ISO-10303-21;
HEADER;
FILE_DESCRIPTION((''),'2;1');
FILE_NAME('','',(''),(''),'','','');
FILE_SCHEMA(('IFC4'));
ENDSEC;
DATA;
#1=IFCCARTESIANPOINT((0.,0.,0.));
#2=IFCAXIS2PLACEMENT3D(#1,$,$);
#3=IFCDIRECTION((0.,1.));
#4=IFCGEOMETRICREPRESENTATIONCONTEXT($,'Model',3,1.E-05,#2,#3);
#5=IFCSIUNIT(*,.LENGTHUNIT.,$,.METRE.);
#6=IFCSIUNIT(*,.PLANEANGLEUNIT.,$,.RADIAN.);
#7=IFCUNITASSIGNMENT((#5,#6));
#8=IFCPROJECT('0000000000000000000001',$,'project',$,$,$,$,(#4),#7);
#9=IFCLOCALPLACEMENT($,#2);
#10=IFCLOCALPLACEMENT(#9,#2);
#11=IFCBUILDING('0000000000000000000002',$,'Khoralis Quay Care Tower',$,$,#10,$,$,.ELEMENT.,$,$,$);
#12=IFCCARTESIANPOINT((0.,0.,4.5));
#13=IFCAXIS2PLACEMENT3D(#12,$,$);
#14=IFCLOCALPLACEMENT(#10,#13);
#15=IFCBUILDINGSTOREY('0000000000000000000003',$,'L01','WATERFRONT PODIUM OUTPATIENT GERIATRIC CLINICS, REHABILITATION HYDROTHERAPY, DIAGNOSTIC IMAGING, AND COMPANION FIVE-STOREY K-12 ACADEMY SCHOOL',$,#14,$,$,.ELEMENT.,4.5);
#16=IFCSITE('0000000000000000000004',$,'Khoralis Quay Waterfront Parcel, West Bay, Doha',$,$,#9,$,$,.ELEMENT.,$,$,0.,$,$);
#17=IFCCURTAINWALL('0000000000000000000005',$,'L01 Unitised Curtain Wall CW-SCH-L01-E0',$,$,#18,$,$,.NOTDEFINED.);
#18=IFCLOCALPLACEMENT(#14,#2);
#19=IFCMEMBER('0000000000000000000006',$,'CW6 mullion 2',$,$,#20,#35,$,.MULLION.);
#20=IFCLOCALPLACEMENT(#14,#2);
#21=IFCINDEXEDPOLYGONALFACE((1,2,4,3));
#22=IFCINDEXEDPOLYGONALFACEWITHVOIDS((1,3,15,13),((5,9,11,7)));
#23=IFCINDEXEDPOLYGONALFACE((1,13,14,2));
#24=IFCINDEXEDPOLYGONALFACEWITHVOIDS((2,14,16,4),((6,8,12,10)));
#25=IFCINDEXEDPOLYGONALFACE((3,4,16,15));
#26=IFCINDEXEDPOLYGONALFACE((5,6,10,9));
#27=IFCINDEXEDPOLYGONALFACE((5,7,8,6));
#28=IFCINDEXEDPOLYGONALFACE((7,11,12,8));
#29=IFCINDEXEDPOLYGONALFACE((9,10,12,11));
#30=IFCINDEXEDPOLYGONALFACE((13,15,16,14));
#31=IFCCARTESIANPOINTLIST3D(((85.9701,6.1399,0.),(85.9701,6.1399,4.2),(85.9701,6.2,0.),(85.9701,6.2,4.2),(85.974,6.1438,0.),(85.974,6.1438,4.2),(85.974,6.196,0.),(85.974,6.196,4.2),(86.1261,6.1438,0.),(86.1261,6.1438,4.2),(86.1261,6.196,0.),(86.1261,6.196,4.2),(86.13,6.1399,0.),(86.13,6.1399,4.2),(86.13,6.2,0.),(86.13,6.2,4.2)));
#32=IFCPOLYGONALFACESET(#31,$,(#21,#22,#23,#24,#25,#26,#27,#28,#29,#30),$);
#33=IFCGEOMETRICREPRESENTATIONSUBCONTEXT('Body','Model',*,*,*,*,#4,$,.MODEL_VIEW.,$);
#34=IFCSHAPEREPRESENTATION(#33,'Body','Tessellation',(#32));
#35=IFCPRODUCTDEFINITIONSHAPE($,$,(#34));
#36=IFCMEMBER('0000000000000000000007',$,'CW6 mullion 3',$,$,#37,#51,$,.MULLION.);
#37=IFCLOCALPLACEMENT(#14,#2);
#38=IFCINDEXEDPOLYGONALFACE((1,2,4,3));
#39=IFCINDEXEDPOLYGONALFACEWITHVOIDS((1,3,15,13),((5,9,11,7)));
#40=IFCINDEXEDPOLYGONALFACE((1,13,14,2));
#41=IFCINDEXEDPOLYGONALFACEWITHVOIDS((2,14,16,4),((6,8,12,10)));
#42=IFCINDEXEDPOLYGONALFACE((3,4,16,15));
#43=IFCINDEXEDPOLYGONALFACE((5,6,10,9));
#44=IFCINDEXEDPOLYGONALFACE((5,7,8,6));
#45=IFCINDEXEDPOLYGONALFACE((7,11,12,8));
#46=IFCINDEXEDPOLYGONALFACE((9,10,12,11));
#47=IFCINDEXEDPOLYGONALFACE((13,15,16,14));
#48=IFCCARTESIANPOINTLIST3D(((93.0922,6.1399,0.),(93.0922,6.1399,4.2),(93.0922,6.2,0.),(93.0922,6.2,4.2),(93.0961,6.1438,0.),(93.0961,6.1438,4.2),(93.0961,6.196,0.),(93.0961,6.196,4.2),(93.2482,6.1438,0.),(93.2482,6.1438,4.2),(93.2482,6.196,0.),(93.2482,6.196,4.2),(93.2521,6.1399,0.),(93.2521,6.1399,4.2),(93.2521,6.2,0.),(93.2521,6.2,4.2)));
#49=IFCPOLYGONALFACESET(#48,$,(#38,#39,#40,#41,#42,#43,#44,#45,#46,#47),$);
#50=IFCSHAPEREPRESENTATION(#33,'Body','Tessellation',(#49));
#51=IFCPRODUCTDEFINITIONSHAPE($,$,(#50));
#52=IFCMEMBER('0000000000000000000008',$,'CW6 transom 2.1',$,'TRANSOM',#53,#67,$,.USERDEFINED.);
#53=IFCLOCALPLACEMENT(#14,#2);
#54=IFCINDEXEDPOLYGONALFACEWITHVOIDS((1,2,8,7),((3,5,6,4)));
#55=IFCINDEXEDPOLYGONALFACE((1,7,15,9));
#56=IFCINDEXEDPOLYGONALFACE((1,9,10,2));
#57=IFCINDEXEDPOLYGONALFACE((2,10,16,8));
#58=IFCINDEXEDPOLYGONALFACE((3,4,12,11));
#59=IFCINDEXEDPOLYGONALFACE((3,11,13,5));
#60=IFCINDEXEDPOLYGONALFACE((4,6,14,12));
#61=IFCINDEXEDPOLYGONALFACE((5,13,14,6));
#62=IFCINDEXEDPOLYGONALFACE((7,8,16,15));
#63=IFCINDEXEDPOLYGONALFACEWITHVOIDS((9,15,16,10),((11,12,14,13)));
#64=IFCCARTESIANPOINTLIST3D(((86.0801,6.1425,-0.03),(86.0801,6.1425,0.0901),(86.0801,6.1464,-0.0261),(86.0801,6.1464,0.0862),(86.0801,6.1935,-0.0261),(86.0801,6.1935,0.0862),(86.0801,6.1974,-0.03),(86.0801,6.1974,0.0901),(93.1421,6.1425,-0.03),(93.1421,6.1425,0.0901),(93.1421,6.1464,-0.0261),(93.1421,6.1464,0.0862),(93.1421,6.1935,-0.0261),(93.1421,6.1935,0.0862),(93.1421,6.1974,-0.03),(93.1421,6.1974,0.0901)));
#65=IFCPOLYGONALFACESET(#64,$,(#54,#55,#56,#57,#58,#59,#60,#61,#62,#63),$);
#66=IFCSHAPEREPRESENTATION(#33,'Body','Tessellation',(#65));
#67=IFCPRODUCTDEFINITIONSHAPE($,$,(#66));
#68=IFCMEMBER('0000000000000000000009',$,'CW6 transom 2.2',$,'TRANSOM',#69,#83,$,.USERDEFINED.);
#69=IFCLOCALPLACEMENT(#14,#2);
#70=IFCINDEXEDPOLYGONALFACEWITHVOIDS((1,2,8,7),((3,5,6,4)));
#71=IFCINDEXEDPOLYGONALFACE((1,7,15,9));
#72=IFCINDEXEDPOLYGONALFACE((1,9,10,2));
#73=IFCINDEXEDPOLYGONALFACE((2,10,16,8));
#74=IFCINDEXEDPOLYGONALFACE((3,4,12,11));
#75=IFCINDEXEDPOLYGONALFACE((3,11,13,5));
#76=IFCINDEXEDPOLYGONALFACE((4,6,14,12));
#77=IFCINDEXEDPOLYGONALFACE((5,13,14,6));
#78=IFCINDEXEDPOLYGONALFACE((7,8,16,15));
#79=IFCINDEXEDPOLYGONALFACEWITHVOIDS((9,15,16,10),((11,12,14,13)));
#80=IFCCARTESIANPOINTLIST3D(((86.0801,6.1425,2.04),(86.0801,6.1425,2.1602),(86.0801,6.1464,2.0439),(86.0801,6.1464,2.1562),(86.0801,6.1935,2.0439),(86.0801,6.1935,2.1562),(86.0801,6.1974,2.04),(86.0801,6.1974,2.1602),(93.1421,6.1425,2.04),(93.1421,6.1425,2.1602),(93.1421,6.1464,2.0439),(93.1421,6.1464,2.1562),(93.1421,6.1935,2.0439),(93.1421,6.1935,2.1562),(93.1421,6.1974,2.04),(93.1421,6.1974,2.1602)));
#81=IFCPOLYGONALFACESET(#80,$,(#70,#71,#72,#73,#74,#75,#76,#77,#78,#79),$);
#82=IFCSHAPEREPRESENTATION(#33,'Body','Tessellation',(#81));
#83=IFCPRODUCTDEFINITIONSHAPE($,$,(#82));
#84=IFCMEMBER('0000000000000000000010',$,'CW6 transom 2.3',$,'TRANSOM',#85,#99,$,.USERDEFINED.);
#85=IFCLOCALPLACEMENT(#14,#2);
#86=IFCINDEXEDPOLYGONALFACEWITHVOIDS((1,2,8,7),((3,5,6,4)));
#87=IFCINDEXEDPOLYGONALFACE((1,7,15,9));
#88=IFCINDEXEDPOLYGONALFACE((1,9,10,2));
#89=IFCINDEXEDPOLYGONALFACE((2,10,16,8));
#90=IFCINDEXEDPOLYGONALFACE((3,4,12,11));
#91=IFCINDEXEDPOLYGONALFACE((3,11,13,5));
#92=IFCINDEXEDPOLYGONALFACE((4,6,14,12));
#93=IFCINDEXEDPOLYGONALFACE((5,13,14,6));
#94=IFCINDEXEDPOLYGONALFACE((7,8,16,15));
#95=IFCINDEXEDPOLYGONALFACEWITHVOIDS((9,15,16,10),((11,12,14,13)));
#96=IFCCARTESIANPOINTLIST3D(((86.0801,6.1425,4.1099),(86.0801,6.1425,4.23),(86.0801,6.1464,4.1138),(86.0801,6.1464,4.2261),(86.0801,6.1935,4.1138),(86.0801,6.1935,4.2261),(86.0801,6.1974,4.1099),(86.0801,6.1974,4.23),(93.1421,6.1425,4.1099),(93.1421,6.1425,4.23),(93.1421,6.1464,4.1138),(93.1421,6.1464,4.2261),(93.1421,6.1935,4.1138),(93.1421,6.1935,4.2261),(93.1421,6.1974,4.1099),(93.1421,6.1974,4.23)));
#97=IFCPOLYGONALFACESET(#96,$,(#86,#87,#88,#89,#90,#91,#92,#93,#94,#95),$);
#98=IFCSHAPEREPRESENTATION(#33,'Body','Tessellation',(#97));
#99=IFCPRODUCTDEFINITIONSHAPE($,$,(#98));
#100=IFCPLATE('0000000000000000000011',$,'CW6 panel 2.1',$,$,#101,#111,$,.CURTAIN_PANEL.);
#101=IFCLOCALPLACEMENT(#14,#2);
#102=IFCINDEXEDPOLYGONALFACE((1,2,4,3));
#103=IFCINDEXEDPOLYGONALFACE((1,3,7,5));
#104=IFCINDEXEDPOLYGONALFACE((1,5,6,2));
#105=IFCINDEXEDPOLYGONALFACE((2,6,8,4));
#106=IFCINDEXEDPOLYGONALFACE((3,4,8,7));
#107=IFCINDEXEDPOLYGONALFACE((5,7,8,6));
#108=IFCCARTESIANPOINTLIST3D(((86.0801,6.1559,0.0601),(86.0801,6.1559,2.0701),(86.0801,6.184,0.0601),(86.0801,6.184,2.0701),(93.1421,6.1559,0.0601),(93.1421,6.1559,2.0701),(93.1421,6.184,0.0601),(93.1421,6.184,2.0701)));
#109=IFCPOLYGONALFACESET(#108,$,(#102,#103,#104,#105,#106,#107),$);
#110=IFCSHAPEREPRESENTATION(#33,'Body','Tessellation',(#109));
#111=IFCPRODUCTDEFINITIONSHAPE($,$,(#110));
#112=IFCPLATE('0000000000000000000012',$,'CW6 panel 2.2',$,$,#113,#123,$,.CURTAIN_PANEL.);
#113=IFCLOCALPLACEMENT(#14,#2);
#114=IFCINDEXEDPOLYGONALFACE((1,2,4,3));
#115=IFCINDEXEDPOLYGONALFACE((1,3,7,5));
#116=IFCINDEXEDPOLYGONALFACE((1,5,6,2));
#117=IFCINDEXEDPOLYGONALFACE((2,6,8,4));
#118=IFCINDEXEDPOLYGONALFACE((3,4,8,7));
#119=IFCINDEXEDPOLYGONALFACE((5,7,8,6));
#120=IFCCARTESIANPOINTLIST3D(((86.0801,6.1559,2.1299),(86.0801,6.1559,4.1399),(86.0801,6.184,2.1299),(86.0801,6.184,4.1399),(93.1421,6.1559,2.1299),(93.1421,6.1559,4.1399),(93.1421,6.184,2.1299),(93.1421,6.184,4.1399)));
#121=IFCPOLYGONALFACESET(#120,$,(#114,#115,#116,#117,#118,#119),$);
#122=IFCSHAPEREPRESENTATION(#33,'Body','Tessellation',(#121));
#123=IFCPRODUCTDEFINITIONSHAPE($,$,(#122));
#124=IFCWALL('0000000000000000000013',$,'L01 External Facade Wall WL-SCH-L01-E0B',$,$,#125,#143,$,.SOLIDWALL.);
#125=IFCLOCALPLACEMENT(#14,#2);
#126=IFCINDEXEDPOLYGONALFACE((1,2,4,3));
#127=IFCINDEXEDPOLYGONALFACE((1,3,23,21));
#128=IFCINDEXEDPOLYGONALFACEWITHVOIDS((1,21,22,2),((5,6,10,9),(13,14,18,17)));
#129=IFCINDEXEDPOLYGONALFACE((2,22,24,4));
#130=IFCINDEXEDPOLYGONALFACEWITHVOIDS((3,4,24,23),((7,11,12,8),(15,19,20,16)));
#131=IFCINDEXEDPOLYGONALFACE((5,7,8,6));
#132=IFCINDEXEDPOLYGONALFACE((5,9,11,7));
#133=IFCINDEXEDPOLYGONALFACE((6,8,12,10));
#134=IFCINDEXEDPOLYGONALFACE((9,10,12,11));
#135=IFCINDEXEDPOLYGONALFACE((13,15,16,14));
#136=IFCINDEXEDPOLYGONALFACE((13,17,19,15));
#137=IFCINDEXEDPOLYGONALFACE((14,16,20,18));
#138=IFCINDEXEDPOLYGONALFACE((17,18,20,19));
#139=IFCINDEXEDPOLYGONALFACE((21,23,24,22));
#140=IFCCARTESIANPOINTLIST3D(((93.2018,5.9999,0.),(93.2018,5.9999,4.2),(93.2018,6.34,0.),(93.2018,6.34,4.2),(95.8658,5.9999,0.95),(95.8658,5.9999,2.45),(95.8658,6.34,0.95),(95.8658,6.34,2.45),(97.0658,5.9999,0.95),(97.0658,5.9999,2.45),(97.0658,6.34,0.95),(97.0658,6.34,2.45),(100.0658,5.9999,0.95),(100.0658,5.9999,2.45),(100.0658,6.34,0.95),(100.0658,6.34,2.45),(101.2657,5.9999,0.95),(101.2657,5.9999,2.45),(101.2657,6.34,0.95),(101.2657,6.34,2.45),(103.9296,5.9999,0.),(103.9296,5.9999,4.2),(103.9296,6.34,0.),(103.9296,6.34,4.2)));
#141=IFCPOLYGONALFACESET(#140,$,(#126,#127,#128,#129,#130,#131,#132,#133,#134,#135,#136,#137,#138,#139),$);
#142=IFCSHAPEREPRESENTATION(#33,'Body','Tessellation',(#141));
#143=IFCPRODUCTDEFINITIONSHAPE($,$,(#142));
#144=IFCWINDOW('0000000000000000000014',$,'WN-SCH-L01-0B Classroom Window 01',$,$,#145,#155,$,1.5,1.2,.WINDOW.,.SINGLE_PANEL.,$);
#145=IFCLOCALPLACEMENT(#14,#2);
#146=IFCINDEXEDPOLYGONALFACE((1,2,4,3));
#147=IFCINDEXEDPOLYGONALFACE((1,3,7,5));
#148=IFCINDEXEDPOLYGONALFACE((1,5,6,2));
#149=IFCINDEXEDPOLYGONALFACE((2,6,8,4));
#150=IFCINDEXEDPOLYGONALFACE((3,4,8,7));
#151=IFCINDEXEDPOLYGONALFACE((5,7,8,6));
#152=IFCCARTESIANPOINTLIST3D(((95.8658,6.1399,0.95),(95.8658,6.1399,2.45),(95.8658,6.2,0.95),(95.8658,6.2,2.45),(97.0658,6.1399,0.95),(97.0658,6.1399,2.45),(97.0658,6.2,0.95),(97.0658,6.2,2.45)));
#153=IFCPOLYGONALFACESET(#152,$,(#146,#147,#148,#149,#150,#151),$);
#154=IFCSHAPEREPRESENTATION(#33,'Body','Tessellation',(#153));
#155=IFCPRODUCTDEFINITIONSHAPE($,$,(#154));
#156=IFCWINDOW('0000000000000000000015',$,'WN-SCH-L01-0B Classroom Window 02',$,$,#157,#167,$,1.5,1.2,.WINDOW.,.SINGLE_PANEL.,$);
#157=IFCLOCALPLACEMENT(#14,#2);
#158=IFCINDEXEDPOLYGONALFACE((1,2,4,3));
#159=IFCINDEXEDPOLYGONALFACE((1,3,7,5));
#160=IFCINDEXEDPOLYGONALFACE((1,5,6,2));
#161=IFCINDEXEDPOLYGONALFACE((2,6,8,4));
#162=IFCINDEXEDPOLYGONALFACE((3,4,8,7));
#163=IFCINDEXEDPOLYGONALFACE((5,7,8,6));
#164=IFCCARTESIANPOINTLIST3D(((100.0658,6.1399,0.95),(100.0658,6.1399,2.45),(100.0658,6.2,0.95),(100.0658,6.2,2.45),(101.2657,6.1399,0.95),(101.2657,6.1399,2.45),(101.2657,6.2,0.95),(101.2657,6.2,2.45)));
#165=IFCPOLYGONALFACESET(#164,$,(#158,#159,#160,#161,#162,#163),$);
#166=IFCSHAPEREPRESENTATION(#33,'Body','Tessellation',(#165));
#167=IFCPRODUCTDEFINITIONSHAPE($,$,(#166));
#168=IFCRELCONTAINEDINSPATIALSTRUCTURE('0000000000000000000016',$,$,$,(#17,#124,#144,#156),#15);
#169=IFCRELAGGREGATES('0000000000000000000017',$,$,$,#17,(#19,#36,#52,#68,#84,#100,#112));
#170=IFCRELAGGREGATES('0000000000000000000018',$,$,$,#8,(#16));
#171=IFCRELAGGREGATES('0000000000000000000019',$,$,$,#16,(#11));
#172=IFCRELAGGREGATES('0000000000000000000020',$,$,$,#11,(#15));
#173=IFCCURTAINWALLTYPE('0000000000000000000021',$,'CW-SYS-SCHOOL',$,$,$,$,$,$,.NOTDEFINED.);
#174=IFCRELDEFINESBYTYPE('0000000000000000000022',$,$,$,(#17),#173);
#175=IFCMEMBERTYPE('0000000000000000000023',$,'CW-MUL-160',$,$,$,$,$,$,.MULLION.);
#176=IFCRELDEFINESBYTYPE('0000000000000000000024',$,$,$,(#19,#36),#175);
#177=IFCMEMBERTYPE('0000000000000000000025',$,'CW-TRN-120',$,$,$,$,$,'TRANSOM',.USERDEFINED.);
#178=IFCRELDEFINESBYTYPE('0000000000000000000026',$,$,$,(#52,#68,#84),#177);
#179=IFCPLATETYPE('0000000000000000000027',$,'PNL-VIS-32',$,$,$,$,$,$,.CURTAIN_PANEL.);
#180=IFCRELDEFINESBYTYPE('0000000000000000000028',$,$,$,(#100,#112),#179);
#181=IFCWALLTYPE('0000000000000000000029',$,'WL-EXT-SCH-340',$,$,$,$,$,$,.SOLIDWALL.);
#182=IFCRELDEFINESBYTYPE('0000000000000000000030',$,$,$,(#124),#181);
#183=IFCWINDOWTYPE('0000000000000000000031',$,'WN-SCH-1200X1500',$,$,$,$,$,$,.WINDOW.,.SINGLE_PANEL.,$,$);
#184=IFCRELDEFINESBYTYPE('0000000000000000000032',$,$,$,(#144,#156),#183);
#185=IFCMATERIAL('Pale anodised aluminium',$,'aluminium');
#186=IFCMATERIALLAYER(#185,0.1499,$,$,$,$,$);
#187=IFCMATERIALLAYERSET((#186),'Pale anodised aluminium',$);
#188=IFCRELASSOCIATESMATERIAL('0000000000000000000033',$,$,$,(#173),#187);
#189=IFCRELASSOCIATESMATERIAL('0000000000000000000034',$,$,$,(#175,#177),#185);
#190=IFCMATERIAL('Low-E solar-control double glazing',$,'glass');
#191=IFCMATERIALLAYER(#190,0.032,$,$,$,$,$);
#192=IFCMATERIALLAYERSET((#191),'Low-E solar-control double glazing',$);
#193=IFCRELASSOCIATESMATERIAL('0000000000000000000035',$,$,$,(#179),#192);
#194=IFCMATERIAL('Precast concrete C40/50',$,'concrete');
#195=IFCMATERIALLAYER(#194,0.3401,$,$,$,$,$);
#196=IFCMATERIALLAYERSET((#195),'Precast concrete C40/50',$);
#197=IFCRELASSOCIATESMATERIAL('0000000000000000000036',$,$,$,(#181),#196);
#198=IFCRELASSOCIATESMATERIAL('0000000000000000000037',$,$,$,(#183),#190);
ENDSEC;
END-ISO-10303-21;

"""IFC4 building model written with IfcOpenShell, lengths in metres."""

from ifc_helpers import new_model, si_unit, direction, frame, frame_2d, origin, origin_2d, place, context, subcontext, project, spatial, rectangle, hollow_rectangle, extrude, source, transform, mapped, material, layer, layer_set, material_profile, profile_set, type_object, element, fill, aggregate, save


model = new_model("IFC4")

# Units and contexts
model_context = context("Model", 3, precision=1e-05, world=origin(), true_north=direction((0.0, 1.0)))
body_context = subcontext(model_context, "Body", "Model", "MODEL_VIEW")
ifc_project = project(units=[si_unit("LENGTHUNIT", "METRE"), si_unit("PLANEANGLEUNIT", "RADIAN")], contexts=[model_context])

# Site, building, storey
site_placement = place(None, origin())
site = spatial("IfcSite", under=ifc_project, at=site_placement, Name="Khoralis Quay Waterfront Parcel, West Bay, Doha", CompositionType="ELEMENT", RefElevation=0.0)
building_placement = place(site_placement, origin())
building = spatial("IfcBuilding", under=site, at=building_placement, Name="Khoralis Quay Care Tower", CompositionType="ELEMENT")
storey_placement = place(building_placement, frame((0.0, 0.0, 4.5)))
storey = spatial("IfcBuildingStorey", under=building, at=storey_placement, Name="L01", Description="WATERFRONT PODIUM OUTPATIENT GERIATRIC CLINICS, REHABILITATION HYDROTHERAPY, DIAGNOSTIC IMAGING, AND COMPANION FIVE-STOREY K-12 ACADEMY SCHOOL", CompositionType="ELEMENT", Elevation=4.5)

# Curtain wall, members, plates
ifc_material_1 = material(Name="Pale anodised aluminium", Category="aluminium")
ifc_layer_1 = layer(ifc_material_1, 0.1499)
ifc_layer_set_1 = layer_set([ifc_layer_1], Name="Pale anodised aluminium")
curtain_wall_type = type_object("IfcCurtainWallType", Name="CW-SYS-SCHOOL", PredefinedType="NOTDEFINED", material=ifc_layer_set_1)
curtain_wall_placement = place(storey_placement, origin())
curtain_wall = element("IfcCurtainWall", 1, at=curtain_wall_placement, inside=storey, type_object=curtain_wall_type, Name="L01 Unitised Curtain Wall CW-SCH-L01-E0", PredefinedType="NOTDEFINED")
ifc_material_profile_1 = material_profile(ifc_material_1, hollow_rectangle(XDim=0.0601, YDim=0.1599, WallThickness=0.0039, at=origin_2d()), Name="Pale anodised aluminium")
ifc_profile_set_1 = profile_set([ifc_material_profile_1], Name="Pale anodised aluminium")
member_type_1 = type_object("IfcMemberType", Name="CW-MUL-160", PredefinedType="MULLION", material=ifc_profile_set_1)
shared_shape_1 = source(origin(), body_context, "Body", "SweptSolid", [
    extrude(hollow_rectangle(XDim=0.0601, YDim=0.1599, WallThickness=0.0039, at=origin_2d()), origin(), (0.0, 0.0, 1.0), 4.2),
])
member_1_placement = place(storey_placement, frame((86.05, 6.1699, 0.0), z_axis=(0.0, 0.0, 1.0), x_axis=(0.0, 1.0, 0.0)))
member_1 = element("IfcMember", 2, at=member_1_placement, type_object=member_type_1, Name="CW6 mullion 2", PredefinedType="MULLION", context=body_context, shape_type="MappedRepresentation", body=[
    mapped(shared_shape_1, transform((0.0, 0.0, 0.0), scale=1.0)),
])
member_2_placement = place(storey_placement, frame((93.1721, 6.1699, 0.0), z_axis=(0.0, 0.0, 1.0), x_axis=(0.0, 1.0, 0.0)))
member_2 = element("IfcMember", 3, at=member_2_placement, type_object=member_type_1, Name="CW6 mullion 3", PredefinedType="MULLION", context=body_context, shape_type="MappedRepresentation", body=[
    mapped(shared_shape_1, transform((0.0, 0.0, 0.0), scale=1.0)),
])
ifc_material_profile_2 = material_profile(ifc_material_1, hollow_rectangle(XDim=0.0549, YDim=0.1201, WallThickness=0.0039, at=origin_2d()), Name="Pale anodised aluminium")
ifc_profile_set_2 = profile_set([ifc_material_profile_2], Name="Pale anodised aluminium")
member_type_2 = type_object("IfcMemberType", Name="CW-TRN-120", ElementType="TRANSOM", PredefinedType="USERDEFINED", material=ifc_profile_set_2)
shared_shape_2 = source(origin(), body_context, "Body", "SweptSolid", [
    extrude(hollow_rectangle(XDim=0.0549, YDim=0.1201, WallThickness=0.0039, at=origin_2d()), origin(), (0.0, 0.0, 1.0), 7.062),
])
member_3_placement = place(storey_placement, frame((86.0801, 6.1699, 0.03), z_axis=(1.0, 0.0, 0.0), x_axis=(0.0, 1.0, 0.0)))
member_3 = element("IfcMember", 4, at=member_3_placement, type_object=member_type_2, Name="CW6 transom 2.1", ObjectType="TRANSOM", PredefinedType="USERDEFINED", context=body_context, shape_type="MappedRepresentation", body=[
    mapped(shared_shape_2, transform((0.0, 0.0, 0.0), scale=1.0)),
])
member_4_placement = place(storey_placement, frame((86.0801, 6.1699, 2.1001), z_axis=(1.0, 0.0, 0.0), x_axis=(0.0, 1.0, 0.0)))
member_4 = element("IfcMember", 5, at=member_4_placement, type_object=member_type_2, Name="CW6 transom 2.2", ObjectType="TRANSOM", PredefinedType="USERDEFINED", context=body_context, shape_type="MappedRepresentation", body=[
    mapped(shared_shape_2, transform((0.0, 0.0, 0.0), scale=1.0)),
])
member_5_placement = place(storey_placement, frame((86.0801, 6.1699, 4.1699), z_axis=(1.0, 0.0, 0.0), x_axis=(0.0, 1.0, 0.0)))
member_5 = element("IfcMember", 6, at=member_5_placement, type_object=member_type_2, Name="CW6 transom 2.3", ObjectType="TRANSOM", PredefinedType="USERDEFINED", context=body_context, shape_type="MappedRepresentation", body=[
    mapped(shared_shape_2, transform((0.0, 0.0, 0.0), scale=1.0)),
])
ifc_material_2 = material(Name="Low-E solar-control double glazing", Category="glass")
ifc_layer_2 = layer(ifc_material_2, 0.032)
ifc_layer_set_2 = layer_set([ifc_layer_2], Name="Low-E solar-control double glazing")
plate_type = type_object("IfcPlateType", Name="PNL-VIS-32", PredefinedType="CURTAIN_PANEL", material=ifc_layer_set_2)
shared_shape_3 = source(origin(), body_context, "Body", "SweptSolid", [
    extrude(rectangle(XDim=7.062, YDim=0.0281, at=origin_2d()), origin(), (0.0, 0.0, 1.0), 2.01),
])
plate_1_placement = place(storey_placement, frame((89.6111, 6.1699, 0.0601), z_axis=(0.0, 0.0, 1.0), x_axis=(1.0, 0.0, 0.0)))
plate_1 = element("IfcPlate", 7, at=plate_1_placement, type_object=plate_type, Name="CW6 panel 2.1", PredefinedType="CURTAIN_PANEL", context=body_context, shape_type="MappedRepresentation", body=[
    mapped(shared_shape_3, transform((0.0, 0.0, 0.0), scale=1.0)),
])
plate_2_placement = place(storey_placement, frame((89.6111, 6.1699, 2.1299), z_axis=(0.0, 0.0, 1.0), x_axis=(1.0, 0.0, 0.0)))
plate_2 = element("IfcPlate", 8, at=plate_2_placement, type_object=plate_type, Name="CW6 panel 2.2", PredefinedType="CURTAIN_PANEL", context=body_context, shape_type="MappedRepresentation", body=[
    mapped(shared_shape_3, transform((0.0, 0.0, 0.0), scale=1.0)),
])
aggregate(curtain_wall, [member_1, member_2, member_3, member_4, member_5, plate_1, plate_2])

# Wall, openings, windows
ifc_material_3 = material(Name="Precast concrete C40/50", Category="concrete")
ifc_layer_3 = layer(ifc_material_3, 0.3401)
ifc_layer_set_3 = layer_set([ifc_layer_3], Name="Precast concrete C40/50")
wall_type_1 = type_object("IfcWallType", Name="WL-EXT-SCH-340", PredefinedType="SOLIDWALL", material=ifc_layer_set_3)
wall_1_placement = place(storey_placement, frame((93.2019, 6.1699, 0.0), z_axis=(0.0, 0.0, 1.0), x_axis=(1.0, 0.0, 0.0)))
wall_1 = element("IfcWall", 9, at=wall_1_placement, inside=storey, type_object=wall_type_1, Name="L01 External Facade Wall WL-SCH-L01-E0B", PredefinedType="SOLIDWALL", context=body_context, shape_type="SweptSolid", body=[
    extrude(rectangle(XDim=10.7278, YDim=0.3401, at=frame_2d((5.3638, 0.0))), origin(), (0.0, 0.0, 1.0), 4.2),
])
opening_1_placement = place(wall_1_placement, frame((2.6638, 0.0, 0.95)))
opening_1 = element("IfcOpeningElement", 10, at=opening_1_placement, cuts=wall_1, PredefinedType="OPENING", context=body_context, shape_type="SweptSolid", body=[
    extrude(rectangle(XDim=1.2, YDim=1.5, at=frame_2d((0.6001, 0.75))), frame((0.0, 0.1802, 0.0), z_axis=(0.0, -1.0, 0.0), x_axis=(1.0, 0.0, 0.0)), (0.0, 0.0, 1.0), 0.3601),
])
opening_2_placement = place(wall_1_placement, frame((6.8638, 0.0, 0.95)))
opening_2 = element("IfcOpeningElement", 11, at=opening_2_placement, cuts=wall_1, PredefinedType="OPENING", context=body_context, shape_type="SweptSolid", body=[
    extrude(rectangle(XDim=1.2, YDim=1.5, at=frame_2d((0.6001, 0.75))), frame((0.0, 0.1802, 0.0), z_axis=(0.0, -1.0, 0.0), x_axis=(1.0, 0.0, 0.0)), (0.0, 0.0, 1.0), 0.3601),
])
window_type = type_object("IfcWindowType", Name="WN-SCH-1200X1500", PartitioningType="SINGLE_PANEL", PredefinedType="WINDOW", material=ifc_material_2)
shared_shape_4 = source(origin(), body_context, "Body", "SweptSolid", [
    extrude(rectangle(XDim=1.2, YDim=1.5, at=frame_2d((0.6001, 0.75))), frame((0.0, 0.03, 0.0), z_axis=(0.0, -1.0, 0.0), x_axis=(1.0, 0.0, 0.0)), (0.0, 0.0, 1.0), 0.0601),
])
window_1_placement = place(opening_1_placement, origin())
window_1 = element("IfcWindow", 12, at=window_1_placement, inside=storey, type_object=window_type, Name="WN-SCH-L01-0B Classroom Window 01", OverallHeight=1.5, OverallWidth=1.2, PartitioningType="SINGLE_PANEL", PredefinedType="WINDOW", context=body_context, shape_type="MappedRepresentation", body=[
    mapped(shared_shape_4, transform((0.0, 0.0, 0.0), scale=1.0)),
])
fill(opening_1, window_1)
window_2_placement = place(opening_2_placement, origin())
window_2 = element("IfcWindow", 13, at=window_2_placement, inside=storey, type_object=window_type, Name="WN-SCH-L01-0B Classroom Window 02", OverallHeight=1.5, OverallWidth=1.2, PartitioningType="SINGLE_PANEL", PredefinedType="WINDOW", context=body_context, shape_type="MappedRepresentation", body=[
    mapped(shared_shape_4, transform((0.0, 0.0, 0.0), scale=1.0)),
])
fill(opening_2, window_2)

save(model, "model.ifc")
